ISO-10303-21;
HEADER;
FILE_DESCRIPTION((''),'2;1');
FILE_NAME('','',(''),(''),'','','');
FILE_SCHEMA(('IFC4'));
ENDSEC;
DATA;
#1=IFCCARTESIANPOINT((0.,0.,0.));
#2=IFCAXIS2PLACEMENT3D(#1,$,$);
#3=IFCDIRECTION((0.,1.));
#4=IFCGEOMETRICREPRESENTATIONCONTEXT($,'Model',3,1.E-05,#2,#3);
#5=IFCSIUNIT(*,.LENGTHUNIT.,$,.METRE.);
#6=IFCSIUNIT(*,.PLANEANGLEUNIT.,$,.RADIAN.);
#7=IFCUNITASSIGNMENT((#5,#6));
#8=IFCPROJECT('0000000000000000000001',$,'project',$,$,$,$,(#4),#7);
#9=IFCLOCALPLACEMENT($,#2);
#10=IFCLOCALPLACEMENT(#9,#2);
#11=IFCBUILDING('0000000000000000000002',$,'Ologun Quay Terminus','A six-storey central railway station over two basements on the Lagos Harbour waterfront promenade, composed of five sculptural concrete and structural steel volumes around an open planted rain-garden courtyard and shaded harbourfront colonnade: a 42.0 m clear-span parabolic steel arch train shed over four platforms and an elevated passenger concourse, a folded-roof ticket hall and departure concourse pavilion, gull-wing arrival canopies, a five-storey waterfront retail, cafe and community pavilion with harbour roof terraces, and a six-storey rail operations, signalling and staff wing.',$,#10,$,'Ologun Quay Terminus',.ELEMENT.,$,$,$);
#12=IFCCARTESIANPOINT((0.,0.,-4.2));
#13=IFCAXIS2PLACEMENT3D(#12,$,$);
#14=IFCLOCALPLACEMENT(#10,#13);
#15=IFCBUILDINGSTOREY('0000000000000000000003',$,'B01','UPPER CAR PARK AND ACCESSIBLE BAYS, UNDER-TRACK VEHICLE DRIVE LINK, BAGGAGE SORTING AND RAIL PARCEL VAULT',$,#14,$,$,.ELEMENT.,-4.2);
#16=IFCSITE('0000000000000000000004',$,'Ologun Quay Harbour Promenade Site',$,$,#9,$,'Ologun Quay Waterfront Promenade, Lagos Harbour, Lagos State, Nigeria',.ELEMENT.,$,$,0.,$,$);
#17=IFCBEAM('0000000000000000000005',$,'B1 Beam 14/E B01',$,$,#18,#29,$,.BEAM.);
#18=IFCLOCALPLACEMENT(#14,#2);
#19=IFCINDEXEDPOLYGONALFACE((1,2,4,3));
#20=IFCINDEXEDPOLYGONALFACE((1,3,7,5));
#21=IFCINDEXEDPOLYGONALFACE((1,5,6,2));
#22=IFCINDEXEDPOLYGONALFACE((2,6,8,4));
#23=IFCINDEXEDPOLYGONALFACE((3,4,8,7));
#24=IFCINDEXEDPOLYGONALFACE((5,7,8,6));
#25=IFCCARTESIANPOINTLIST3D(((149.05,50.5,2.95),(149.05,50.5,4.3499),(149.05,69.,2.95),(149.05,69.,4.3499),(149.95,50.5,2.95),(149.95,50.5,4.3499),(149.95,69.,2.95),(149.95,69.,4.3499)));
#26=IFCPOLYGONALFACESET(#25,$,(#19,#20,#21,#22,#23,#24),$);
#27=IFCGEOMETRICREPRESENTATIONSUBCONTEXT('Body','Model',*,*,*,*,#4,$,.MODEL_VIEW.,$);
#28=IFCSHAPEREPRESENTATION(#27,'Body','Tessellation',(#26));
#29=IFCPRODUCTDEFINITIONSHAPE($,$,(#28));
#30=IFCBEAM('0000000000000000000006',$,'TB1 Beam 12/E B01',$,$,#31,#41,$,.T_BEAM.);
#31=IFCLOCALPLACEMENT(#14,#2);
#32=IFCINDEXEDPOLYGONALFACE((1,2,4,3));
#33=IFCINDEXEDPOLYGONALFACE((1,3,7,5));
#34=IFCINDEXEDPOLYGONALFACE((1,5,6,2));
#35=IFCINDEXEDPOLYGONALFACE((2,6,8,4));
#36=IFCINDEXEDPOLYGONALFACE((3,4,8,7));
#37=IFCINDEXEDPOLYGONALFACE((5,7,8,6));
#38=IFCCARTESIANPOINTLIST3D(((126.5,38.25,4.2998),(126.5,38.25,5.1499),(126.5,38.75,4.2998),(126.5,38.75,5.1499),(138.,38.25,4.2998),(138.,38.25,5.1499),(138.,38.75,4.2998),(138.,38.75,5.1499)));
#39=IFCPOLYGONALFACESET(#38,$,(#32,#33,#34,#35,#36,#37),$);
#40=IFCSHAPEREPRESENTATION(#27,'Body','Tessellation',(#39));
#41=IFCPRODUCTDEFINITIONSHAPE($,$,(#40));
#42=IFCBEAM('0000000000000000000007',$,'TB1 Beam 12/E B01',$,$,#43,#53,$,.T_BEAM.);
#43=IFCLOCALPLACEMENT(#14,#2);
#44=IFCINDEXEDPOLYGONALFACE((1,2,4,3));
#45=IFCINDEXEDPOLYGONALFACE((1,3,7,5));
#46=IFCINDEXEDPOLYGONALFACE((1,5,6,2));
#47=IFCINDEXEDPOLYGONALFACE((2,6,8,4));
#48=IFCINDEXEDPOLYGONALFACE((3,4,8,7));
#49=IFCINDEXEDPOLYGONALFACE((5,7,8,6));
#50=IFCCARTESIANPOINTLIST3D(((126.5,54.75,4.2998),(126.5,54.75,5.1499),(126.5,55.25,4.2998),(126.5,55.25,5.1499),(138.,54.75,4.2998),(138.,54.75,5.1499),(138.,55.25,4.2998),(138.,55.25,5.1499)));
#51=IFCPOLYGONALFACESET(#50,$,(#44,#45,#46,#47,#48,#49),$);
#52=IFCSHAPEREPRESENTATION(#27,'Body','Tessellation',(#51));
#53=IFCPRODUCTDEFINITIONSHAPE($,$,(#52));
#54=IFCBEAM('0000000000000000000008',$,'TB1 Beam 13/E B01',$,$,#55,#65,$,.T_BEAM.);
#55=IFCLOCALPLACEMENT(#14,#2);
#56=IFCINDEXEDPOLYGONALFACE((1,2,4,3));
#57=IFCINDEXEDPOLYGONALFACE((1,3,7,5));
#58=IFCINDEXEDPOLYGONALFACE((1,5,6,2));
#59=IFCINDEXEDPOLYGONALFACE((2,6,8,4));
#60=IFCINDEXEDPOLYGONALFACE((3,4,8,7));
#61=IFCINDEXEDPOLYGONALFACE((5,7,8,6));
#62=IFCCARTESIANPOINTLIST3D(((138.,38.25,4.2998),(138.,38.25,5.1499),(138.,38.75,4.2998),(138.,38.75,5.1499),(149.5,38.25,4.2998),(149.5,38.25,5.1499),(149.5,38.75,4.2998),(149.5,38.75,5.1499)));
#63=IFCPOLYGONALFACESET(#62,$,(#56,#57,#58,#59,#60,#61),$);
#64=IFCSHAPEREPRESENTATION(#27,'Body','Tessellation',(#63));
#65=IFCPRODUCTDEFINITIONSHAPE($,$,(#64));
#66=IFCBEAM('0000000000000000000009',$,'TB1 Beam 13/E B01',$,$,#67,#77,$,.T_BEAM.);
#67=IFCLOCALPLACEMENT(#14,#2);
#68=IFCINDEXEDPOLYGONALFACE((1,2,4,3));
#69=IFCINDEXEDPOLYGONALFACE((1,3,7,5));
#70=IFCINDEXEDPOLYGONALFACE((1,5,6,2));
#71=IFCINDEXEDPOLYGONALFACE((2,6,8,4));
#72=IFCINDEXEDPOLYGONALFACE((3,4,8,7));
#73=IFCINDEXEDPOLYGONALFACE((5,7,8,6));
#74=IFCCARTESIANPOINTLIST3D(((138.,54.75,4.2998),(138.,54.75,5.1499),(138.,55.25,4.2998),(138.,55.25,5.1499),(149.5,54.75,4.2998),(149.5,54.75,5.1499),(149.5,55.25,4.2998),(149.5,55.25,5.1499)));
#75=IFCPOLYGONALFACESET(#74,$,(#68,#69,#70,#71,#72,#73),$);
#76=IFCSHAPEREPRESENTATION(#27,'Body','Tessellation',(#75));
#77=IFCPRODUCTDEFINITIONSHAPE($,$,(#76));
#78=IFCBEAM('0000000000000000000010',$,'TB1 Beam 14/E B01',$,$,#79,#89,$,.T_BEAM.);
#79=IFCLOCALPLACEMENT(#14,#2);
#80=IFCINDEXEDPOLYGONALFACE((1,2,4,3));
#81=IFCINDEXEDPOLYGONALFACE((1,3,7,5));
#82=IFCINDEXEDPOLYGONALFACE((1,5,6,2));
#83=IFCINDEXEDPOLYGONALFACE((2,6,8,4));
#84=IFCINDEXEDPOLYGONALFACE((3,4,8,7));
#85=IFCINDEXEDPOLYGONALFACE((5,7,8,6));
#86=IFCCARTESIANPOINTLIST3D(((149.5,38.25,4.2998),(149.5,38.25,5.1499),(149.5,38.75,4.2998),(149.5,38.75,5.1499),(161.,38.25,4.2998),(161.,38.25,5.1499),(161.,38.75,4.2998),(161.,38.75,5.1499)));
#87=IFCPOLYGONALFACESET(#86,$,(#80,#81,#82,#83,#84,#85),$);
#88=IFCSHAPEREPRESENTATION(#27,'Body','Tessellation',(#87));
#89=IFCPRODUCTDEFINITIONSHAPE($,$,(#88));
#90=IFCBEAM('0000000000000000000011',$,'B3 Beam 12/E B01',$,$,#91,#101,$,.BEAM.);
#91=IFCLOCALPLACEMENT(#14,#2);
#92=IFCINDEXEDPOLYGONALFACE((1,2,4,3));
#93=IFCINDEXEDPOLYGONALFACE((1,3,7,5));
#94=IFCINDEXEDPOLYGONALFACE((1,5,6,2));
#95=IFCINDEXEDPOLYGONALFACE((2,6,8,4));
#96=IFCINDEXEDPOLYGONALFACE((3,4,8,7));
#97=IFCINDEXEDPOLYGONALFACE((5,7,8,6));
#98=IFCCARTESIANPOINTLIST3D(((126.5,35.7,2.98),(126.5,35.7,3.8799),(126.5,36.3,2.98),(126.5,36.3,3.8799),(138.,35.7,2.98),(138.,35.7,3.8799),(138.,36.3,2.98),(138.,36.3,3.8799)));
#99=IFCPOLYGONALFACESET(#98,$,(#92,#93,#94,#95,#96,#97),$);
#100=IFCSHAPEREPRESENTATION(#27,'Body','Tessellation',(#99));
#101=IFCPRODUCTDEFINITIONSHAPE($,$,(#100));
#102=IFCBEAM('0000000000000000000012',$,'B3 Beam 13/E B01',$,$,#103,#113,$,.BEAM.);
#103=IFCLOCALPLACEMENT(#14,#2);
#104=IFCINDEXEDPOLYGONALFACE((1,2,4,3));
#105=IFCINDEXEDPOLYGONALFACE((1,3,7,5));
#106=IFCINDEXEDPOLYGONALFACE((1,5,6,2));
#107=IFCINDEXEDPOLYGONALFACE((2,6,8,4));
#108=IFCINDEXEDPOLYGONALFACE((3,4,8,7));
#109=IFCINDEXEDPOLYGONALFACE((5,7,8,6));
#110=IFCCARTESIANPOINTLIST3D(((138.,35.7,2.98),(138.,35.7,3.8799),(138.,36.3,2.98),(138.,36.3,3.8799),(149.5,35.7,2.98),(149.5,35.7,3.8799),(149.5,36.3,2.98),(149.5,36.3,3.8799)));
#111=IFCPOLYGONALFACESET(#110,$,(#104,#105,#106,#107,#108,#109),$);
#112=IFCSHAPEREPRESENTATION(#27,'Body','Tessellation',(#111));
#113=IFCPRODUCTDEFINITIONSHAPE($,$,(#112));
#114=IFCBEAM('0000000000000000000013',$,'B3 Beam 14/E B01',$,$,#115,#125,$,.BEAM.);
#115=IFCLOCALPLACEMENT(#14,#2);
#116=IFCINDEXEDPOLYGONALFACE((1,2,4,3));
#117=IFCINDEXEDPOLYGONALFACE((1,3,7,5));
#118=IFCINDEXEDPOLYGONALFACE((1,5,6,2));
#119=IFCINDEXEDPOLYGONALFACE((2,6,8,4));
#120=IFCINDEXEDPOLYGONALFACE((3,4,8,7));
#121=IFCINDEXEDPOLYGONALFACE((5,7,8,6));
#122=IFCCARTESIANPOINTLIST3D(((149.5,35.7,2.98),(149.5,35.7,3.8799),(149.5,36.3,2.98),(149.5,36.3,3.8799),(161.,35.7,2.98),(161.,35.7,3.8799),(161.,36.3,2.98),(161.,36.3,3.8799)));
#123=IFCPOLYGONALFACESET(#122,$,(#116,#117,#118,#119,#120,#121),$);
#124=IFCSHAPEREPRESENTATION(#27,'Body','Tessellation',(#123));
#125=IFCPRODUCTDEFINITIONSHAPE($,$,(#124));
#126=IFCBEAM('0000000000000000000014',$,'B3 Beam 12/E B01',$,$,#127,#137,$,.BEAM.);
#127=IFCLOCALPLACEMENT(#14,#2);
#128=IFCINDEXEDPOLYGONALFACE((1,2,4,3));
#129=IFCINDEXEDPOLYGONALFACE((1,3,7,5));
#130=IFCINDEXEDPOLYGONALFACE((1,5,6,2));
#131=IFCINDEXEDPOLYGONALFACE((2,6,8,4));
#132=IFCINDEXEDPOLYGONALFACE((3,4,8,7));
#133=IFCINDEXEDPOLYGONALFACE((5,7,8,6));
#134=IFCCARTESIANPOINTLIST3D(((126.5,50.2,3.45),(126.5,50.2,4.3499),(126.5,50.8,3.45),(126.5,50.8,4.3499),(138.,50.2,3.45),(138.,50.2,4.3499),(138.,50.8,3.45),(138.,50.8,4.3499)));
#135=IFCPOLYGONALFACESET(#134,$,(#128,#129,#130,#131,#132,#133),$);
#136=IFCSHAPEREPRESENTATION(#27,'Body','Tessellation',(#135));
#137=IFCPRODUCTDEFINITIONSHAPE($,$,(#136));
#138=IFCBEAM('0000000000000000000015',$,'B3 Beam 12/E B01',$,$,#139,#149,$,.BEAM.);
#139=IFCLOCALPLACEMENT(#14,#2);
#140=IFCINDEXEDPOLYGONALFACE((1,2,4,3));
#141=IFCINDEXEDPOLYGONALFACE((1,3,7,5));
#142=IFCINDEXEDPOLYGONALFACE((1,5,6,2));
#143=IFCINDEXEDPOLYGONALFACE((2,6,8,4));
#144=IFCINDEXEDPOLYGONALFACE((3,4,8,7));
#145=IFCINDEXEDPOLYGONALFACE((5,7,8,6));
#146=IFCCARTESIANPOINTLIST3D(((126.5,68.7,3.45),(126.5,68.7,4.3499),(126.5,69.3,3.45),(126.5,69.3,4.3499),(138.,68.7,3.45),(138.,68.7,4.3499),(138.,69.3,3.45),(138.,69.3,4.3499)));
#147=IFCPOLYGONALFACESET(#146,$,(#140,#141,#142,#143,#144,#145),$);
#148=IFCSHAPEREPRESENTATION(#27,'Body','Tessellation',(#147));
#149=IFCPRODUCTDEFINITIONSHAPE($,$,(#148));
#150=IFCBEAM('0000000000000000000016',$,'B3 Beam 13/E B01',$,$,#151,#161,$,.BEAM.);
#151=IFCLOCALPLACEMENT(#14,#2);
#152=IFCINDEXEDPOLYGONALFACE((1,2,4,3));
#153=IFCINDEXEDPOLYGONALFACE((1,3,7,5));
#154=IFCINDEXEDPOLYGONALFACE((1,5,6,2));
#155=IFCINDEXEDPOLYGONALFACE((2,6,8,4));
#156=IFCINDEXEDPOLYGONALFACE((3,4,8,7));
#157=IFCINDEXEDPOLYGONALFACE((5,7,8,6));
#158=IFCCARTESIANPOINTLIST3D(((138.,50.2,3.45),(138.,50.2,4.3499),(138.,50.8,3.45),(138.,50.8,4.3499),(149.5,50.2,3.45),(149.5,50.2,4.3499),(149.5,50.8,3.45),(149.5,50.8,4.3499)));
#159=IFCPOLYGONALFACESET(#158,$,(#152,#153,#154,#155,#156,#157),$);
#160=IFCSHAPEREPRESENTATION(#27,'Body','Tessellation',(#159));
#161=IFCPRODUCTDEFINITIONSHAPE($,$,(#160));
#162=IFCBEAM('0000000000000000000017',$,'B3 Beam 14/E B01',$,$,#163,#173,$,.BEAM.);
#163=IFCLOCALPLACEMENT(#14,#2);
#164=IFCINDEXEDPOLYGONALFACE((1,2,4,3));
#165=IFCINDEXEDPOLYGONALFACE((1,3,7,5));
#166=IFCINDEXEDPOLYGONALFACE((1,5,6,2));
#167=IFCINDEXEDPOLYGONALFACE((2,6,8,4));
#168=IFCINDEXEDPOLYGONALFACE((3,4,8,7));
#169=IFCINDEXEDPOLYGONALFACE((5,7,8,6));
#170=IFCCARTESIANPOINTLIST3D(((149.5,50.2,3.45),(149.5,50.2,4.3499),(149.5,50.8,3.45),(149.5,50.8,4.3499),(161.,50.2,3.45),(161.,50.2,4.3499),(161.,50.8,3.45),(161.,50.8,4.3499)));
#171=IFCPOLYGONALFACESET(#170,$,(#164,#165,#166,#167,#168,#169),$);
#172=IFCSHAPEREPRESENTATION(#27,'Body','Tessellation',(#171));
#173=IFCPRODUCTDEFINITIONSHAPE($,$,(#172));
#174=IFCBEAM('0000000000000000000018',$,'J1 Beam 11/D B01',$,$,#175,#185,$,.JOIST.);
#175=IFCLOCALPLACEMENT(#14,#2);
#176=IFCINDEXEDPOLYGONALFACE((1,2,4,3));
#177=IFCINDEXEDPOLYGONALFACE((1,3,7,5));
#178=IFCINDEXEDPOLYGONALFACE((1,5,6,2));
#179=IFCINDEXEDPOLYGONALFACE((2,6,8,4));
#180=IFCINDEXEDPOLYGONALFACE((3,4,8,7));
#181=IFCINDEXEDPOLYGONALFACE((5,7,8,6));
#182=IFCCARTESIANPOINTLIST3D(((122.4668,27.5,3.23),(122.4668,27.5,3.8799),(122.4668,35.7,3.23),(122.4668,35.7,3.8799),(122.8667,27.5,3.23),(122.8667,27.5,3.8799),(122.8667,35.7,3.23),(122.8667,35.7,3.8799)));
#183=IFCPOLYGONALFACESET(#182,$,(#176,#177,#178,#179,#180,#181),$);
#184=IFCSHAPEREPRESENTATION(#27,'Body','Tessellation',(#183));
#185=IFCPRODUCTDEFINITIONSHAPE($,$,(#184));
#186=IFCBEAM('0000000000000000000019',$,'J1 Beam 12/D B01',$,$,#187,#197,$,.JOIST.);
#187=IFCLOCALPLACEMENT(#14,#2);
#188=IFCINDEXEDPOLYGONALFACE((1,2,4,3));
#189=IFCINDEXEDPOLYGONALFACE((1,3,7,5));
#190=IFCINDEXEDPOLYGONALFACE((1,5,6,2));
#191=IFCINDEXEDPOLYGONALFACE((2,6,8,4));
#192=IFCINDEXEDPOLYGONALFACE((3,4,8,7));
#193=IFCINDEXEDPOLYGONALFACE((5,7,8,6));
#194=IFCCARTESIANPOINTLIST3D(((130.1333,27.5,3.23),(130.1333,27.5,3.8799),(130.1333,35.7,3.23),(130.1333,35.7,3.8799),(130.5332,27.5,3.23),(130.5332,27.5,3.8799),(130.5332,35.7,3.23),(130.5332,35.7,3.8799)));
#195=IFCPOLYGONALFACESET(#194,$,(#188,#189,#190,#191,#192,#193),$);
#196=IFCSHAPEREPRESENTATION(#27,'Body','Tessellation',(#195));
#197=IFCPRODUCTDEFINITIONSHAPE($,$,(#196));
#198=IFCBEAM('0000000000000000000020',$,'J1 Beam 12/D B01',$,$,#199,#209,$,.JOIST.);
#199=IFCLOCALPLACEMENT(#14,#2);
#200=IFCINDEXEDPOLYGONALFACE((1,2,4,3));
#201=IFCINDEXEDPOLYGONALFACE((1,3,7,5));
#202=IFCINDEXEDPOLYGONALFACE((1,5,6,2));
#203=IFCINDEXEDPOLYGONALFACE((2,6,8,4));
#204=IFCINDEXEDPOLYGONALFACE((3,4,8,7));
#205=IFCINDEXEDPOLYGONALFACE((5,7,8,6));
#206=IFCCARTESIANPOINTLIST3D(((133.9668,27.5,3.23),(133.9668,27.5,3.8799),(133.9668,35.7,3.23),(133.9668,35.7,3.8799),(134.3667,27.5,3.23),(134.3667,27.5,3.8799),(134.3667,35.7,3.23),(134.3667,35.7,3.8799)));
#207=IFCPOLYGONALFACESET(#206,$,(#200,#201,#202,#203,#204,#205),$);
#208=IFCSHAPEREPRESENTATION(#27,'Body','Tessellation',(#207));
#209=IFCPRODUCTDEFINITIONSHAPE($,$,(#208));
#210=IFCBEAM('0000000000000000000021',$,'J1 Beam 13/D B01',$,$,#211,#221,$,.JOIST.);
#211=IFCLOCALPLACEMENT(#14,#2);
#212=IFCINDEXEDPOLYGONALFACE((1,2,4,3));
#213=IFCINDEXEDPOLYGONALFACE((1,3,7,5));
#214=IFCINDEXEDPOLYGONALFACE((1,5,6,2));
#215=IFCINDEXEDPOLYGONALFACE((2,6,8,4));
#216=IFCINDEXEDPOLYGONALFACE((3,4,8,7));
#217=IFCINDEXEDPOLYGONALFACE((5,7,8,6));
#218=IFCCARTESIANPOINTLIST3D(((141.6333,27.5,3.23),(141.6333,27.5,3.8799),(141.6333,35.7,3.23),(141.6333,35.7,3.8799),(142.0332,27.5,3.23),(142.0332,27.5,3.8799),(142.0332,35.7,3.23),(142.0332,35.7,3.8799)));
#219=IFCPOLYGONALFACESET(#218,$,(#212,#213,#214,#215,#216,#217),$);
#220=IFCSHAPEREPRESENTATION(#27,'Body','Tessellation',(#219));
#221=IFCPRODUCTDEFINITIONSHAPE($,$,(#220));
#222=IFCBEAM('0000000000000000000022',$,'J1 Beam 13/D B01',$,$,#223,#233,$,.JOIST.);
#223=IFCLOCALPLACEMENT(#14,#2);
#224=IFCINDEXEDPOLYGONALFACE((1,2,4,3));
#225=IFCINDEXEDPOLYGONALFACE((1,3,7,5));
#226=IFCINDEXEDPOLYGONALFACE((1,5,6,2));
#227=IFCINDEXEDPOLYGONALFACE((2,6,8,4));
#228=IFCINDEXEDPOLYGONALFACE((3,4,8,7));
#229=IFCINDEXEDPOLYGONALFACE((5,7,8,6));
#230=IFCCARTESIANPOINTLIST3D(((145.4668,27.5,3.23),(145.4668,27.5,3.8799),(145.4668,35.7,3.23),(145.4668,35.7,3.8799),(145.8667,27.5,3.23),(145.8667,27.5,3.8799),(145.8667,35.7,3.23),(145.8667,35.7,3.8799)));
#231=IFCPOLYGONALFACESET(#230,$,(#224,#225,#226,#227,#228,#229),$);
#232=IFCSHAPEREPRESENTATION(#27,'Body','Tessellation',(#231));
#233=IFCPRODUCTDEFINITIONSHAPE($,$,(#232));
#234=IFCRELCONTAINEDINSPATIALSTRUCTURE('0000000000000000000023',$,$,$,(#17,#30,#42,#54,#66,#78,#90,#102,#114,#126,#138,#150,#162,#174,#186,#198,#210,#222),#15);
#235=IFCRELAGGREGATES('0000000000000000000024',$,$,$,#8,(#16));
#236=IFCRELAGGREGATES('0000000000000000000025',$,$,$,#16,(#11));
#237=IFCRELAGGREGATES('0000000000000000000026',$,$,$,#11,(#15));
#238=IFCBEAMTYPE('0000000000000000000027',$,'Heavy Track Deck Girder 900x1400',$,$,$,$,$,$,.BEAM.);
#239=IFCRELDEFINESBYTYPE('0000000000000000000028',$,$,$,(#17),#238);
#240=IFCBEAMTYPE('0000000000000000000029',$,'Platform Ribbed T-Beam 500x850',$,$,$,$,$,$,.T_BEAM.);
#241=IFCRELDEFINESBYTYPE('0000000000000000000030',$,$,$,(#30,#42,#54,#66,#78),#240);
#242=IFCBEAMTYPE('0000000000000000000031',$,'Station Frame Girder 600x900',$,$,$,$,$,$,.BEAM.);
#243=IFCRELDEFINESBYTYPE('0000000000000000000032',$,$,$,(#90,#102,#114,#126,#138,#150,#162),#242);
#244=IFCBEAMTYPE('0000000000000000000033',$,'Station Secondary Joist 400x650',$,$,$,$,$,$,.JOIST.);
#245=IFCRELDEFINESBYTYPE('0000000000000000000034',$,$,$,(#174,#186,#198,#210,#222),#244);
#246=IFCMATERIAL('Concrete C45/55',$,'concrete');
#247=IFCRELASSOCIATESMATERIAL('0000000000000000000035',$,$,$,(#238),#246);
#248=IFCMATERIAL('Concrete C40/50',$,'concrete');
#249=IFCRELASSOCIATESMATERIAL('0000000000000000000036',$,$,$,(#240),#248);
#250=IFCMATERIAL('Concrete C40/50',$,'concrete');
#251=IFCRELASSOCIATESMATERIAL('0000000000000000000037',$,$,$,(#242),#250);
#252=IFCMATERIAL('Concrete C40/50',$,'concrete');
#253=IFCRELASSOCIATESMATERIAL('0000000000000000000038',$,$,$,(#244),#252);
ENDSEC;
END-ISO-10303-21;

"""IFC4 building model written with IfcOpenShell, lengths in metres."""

from ifc_helpers import new_model, si_unit, direction, frame, origin, origin_2d, place, context, subcontext, project, spatial, rectangle, extrude, material, material_profile, profile_set, type_object, element, save


model = new_model("IFC4")

# Units and contexts
model_context = context("Model", 3, precision=1e-05, world=origin(), true_north=direction((0.0, 1.0)))
body_context = subcontext(model_context, "Body", "Model", "MODEL_VIEW")
ifc_project = project(units=[si_unit("LENGTHUNIT", "METRE"), si_unit("PLANEANGLEUNIT", "RADIAN")], contexts=[model_context])

# Site, building, storey
site_placement = place(None, origin())
site = spatial("IfcSite", under=ifc_project, at=site_placement, Name="Ologun Quay Harbour Promenade Site", LongName="Ologun Quay Waterfront Promenade, Lagos Harbour, Lagos State, Nigeria", CompositionType="ELEMENT", RefElevation=0.0)
building_placement = place(site_placement, origin())
building = spatial("IfcBuilding", under=site, at=building_placement, Name="Ologun Quay Terminus", Description="A six-storey central railway station over two basements on the Lagos Harbour waterfront promenade, composed of five sculptural concrete and structural steel volumes around an open planted rain-garden courtyard and shaded harbourfront colonnade: a 42.0 m clear-span parabolic steel arch train shed over four platforms and an elevated passenger concourse, a folded-roof ticket hall and departure concourse pavilion, gull-wing arrival canopies, a five-storey waterfront retail, cafe and community pavilion with harbour roof terraces, and a six-storey rail operations, signalling and staff wing.", LongName="Ologun Quay Terminus", CompositionType="ELEMENT")
storey_placement = place(building_placement, frame((0.0, 0.0, -4.2)))
storey = spatial("IfcBuildingStorey", under=building, at=storey_placement, Name="B01", Description="UPPER CAR PARK AND ACCESSIBLE BAYS, UNDER-TRACK VEHICLE DRIVE LINK, BAGGAGE SORTING AND RAIL PARCEL VAULT", CompositionType="ELEMENT", Elevation=-4.2)

# Beams
ifc_material_1 = material(Name="Concrete C45/55", Category="concrete")
ifc_material_profile_1 = material_profile(ifc_material_1, rectangle(XDim=0.8999, YDim=1.3999, at=origin_2d()), Name="RC 900x1400")
ifc_profile_set_1 = profile_set([ifc_material_profile_1], Name="Concrete C45/55")
beam_type_1 = type_object("IfcBeamType", Name="Heavy Track Deck Girder 900x1400", PredefinedType="BEAM", material=ifc_profile_set_1)
beam_1_placement = place(storey_placement, frame((149.5, 50.5, 3.6499), z_axis=(0.0, 1.0, 0.0), x_axis=(-1.0, 0.0, 0.0)))
element("IfcBeam", 1, at=beam_1_placement, inside=storey, type_object=beam_type_1, Name="B1 Beam 14/E B01", PredefinedType="BEAM", context=body_context, shape_type="SweptSolid", body=[
    extrude(rectangle(XDim=0.8999, YDim=1.3999, at=origin_2d()), origin(), (0.0, 0.0, 1.0), 18.5),
])
ifc_material_2 = material(Name="Concrete C40/50", Category="concrete")
ifc_material_profile_2 = material_profile(ifc_material_2, rectangle(XDim=0.5, YDim=0.8501, at=origin_2d()), Name="RC 500x850")
ifc_profile_set_2 = profile_set([ifc_material_profile_2], Name="Concrete C40/50")
beam_type_2 = type_object("IfcBeamType", Name="Platform Ribbed T-Beam 500x850", PredefinedType="T_BEAM", material=ifc_profile_set_2)
for number, where, z_axis, x_axis, name in (
    (2, (126.5, 38.5, 4.7249), (1.0, 0.0, 0.0), (0.0, 1.0, 0.0), "TB1 Beam 12/E B01"),
    (3, (126.5, 55.0, 4.7249), (1.0, 0.0, 0.0), (0.0, 1.0, 0.0), "TB1 Beam 12/E B01"),
    (4, (138.0, 38.5, 4.7249), (1.0, 0.0, 0.0), (0.0, 1.0, 0.0), "TB1 Beam 13/E B01"),
    (5, (138.0, 55.0, 4.7249), (1.0, 0.0, 0.0), (0.0, 1.0, 0.0), "TB1 Beam 13/E B01"),
    (6, (149.5, 38.5, 4.7249), (1.0, 0.0, 0.0), (0.0, 1.0, 0.0), "TB1 Beam 14/E B01"),
):
    element("IfcBeam", number, at=place(storey_placement, frame(where, z_axis=z_axis, x_axis=x_axis)), inside=storey, type_object=beam_type_2, Name=name, PredefinedType="T_BEAM", context=body_context, shape_type="SweptSolid", body=[
        extrude(rectangle(XDim=0.5, YDim=0.8501, at=origin_2d()), origin(), (0.0, 0.0, 1.0), 11.5),
    ])
ifc_material_3 = material(Name="Concrete C40/50", Category="concrete")
ifc_material_profile_3 = material_profile(ifc_material_3, rectangle(XDim=0.6001, YDim=0.8999, at=origin_2d()), Name="RC 600x900")
ifc_profile_set_3 = profile_set([ifc_material_profile_3], Name="Concrete C40/50")
beam_type_3 = type_object("IfcBeamType", Name="Station Frame Girder 600x900", PredefinedType="BEAM", material=ifc_profile_set_3)
for number, where, z_axis, x_axis, name in (
    (7, (126.5, 36.0, 3.4299), (1.0, 0.0, 0.0), (0.0, 1.0, 0.0), "B3 Beam 12/E B01"),
    (8, (138.0, 36.0, 3.4299), (1.0, 0.0, 0.0), (0.0, 1.0, 0.0), "B3 Beam 13/E B01"),
    (9, (149.5, 36.0, 3.4299), (1.0, 0.0, 0.0), (0.0, 1.0, 0.0), "B3 Beam 14/E B01"),
    (10, (126.5, 50.5, 3.8999), (1.0, 0.0, 0.0), (0.0, 1.0, 0.0), "B3 Beam 12/E B01"),
    (11, (126.5, 69.0, 3.8999), (1.0, 0.0, 0.0), (0.0, 1.0, 0.0), "B3 Beam 12/E B01"),
    (12, (138.0, 50.5, 3.8999), (1.0, 0.0, 0.0), (0.0, 1.0, 0.0), "B3 Beam 13/E B01"),
    (13, (149.5, 50.5, 3.8999), (1.0, 0.0, 0.0), (0.0, 1.0, 0.0), "B3 Beam 14/E B01"),
):
    element("IfcBeam", number, at=place(storey_placement, frame(where, z_axis=z_axis, x_axis=x_axis)), inside=storey, type_object=beam_type_3, Name=name, PredefinedType="BEAM", context=body_context, shape_type="SweptSolid", body=[
        extrude(rectangle(XDim=0.6001, YDim=0.8999, at=origin_2d()), origin(), (0.0, 0.0, 1.0), 11.5),
    ])
ifc_material_4 = material(Name="Concrete C40/50", Category="concrete")
ifc_material_profile_4 = material_profile(ifc_material_4, rectangle(XDim=0.3999, YDim=0.6499, at=origin_2d()), Name="RC 400x650")
ifc_profile_set_4 = profile_set([ifc_material_profile_4], Name="Concrete C40/50")
beam_type_4 = type_object("IfcBeamType", Name="Station Secondary Joist 400x650", PredefinedType="JOIST", material=ifc_profile_set_4)
for number, where, z_axis, x_axis, name in (
    (14, (122.6667, 27.5, 3.5549), (0.0, 1.0, 0.0), (-1.0, 0.0, 0.0), "J1 Beam 11/D B01"),
    (15, (130.3333, 27.5, 3.5549), (0.0, 1.0, 0.0), (-1.0, 0.0, 0.0), "J1 Beam 12/D B01"),
    (16, (134.1667, 27.5, 3.5549), (0.0, 1.0, 0.0), (-1.0, 0.0, 0.0), "J1 Beam 12/D B01"),
    (17, (141.8333, 27.5, 3.5549), (0.0, 1.0, 0.0), (-1.0, 0.0, 0.0), "J1 Beam 13/D B01"),
    (18, (145.6667, 27.5, 3.5549), (0.0, 1.0, 0.0), (-1.0, 0.0, 0.0), "J1 Beam 13/D B01"),
):
    element("IfcBeam", number, at=place(storey_placement, frame(where, z_axis=z_axis, x_axis=x_axis)), inside=storey, type_object=beam_type_4, Name=name, PredefinedType="JOIST", context=body_context, shape_type="SweptSolid", body=[
        extrude(rectangle(XDim=0.3999, YDim=0.6499, at=origin_2d()), origin(), (0.0, 0.0, 1.0), 8.2),
    ])

save(model, "model.ifc")
